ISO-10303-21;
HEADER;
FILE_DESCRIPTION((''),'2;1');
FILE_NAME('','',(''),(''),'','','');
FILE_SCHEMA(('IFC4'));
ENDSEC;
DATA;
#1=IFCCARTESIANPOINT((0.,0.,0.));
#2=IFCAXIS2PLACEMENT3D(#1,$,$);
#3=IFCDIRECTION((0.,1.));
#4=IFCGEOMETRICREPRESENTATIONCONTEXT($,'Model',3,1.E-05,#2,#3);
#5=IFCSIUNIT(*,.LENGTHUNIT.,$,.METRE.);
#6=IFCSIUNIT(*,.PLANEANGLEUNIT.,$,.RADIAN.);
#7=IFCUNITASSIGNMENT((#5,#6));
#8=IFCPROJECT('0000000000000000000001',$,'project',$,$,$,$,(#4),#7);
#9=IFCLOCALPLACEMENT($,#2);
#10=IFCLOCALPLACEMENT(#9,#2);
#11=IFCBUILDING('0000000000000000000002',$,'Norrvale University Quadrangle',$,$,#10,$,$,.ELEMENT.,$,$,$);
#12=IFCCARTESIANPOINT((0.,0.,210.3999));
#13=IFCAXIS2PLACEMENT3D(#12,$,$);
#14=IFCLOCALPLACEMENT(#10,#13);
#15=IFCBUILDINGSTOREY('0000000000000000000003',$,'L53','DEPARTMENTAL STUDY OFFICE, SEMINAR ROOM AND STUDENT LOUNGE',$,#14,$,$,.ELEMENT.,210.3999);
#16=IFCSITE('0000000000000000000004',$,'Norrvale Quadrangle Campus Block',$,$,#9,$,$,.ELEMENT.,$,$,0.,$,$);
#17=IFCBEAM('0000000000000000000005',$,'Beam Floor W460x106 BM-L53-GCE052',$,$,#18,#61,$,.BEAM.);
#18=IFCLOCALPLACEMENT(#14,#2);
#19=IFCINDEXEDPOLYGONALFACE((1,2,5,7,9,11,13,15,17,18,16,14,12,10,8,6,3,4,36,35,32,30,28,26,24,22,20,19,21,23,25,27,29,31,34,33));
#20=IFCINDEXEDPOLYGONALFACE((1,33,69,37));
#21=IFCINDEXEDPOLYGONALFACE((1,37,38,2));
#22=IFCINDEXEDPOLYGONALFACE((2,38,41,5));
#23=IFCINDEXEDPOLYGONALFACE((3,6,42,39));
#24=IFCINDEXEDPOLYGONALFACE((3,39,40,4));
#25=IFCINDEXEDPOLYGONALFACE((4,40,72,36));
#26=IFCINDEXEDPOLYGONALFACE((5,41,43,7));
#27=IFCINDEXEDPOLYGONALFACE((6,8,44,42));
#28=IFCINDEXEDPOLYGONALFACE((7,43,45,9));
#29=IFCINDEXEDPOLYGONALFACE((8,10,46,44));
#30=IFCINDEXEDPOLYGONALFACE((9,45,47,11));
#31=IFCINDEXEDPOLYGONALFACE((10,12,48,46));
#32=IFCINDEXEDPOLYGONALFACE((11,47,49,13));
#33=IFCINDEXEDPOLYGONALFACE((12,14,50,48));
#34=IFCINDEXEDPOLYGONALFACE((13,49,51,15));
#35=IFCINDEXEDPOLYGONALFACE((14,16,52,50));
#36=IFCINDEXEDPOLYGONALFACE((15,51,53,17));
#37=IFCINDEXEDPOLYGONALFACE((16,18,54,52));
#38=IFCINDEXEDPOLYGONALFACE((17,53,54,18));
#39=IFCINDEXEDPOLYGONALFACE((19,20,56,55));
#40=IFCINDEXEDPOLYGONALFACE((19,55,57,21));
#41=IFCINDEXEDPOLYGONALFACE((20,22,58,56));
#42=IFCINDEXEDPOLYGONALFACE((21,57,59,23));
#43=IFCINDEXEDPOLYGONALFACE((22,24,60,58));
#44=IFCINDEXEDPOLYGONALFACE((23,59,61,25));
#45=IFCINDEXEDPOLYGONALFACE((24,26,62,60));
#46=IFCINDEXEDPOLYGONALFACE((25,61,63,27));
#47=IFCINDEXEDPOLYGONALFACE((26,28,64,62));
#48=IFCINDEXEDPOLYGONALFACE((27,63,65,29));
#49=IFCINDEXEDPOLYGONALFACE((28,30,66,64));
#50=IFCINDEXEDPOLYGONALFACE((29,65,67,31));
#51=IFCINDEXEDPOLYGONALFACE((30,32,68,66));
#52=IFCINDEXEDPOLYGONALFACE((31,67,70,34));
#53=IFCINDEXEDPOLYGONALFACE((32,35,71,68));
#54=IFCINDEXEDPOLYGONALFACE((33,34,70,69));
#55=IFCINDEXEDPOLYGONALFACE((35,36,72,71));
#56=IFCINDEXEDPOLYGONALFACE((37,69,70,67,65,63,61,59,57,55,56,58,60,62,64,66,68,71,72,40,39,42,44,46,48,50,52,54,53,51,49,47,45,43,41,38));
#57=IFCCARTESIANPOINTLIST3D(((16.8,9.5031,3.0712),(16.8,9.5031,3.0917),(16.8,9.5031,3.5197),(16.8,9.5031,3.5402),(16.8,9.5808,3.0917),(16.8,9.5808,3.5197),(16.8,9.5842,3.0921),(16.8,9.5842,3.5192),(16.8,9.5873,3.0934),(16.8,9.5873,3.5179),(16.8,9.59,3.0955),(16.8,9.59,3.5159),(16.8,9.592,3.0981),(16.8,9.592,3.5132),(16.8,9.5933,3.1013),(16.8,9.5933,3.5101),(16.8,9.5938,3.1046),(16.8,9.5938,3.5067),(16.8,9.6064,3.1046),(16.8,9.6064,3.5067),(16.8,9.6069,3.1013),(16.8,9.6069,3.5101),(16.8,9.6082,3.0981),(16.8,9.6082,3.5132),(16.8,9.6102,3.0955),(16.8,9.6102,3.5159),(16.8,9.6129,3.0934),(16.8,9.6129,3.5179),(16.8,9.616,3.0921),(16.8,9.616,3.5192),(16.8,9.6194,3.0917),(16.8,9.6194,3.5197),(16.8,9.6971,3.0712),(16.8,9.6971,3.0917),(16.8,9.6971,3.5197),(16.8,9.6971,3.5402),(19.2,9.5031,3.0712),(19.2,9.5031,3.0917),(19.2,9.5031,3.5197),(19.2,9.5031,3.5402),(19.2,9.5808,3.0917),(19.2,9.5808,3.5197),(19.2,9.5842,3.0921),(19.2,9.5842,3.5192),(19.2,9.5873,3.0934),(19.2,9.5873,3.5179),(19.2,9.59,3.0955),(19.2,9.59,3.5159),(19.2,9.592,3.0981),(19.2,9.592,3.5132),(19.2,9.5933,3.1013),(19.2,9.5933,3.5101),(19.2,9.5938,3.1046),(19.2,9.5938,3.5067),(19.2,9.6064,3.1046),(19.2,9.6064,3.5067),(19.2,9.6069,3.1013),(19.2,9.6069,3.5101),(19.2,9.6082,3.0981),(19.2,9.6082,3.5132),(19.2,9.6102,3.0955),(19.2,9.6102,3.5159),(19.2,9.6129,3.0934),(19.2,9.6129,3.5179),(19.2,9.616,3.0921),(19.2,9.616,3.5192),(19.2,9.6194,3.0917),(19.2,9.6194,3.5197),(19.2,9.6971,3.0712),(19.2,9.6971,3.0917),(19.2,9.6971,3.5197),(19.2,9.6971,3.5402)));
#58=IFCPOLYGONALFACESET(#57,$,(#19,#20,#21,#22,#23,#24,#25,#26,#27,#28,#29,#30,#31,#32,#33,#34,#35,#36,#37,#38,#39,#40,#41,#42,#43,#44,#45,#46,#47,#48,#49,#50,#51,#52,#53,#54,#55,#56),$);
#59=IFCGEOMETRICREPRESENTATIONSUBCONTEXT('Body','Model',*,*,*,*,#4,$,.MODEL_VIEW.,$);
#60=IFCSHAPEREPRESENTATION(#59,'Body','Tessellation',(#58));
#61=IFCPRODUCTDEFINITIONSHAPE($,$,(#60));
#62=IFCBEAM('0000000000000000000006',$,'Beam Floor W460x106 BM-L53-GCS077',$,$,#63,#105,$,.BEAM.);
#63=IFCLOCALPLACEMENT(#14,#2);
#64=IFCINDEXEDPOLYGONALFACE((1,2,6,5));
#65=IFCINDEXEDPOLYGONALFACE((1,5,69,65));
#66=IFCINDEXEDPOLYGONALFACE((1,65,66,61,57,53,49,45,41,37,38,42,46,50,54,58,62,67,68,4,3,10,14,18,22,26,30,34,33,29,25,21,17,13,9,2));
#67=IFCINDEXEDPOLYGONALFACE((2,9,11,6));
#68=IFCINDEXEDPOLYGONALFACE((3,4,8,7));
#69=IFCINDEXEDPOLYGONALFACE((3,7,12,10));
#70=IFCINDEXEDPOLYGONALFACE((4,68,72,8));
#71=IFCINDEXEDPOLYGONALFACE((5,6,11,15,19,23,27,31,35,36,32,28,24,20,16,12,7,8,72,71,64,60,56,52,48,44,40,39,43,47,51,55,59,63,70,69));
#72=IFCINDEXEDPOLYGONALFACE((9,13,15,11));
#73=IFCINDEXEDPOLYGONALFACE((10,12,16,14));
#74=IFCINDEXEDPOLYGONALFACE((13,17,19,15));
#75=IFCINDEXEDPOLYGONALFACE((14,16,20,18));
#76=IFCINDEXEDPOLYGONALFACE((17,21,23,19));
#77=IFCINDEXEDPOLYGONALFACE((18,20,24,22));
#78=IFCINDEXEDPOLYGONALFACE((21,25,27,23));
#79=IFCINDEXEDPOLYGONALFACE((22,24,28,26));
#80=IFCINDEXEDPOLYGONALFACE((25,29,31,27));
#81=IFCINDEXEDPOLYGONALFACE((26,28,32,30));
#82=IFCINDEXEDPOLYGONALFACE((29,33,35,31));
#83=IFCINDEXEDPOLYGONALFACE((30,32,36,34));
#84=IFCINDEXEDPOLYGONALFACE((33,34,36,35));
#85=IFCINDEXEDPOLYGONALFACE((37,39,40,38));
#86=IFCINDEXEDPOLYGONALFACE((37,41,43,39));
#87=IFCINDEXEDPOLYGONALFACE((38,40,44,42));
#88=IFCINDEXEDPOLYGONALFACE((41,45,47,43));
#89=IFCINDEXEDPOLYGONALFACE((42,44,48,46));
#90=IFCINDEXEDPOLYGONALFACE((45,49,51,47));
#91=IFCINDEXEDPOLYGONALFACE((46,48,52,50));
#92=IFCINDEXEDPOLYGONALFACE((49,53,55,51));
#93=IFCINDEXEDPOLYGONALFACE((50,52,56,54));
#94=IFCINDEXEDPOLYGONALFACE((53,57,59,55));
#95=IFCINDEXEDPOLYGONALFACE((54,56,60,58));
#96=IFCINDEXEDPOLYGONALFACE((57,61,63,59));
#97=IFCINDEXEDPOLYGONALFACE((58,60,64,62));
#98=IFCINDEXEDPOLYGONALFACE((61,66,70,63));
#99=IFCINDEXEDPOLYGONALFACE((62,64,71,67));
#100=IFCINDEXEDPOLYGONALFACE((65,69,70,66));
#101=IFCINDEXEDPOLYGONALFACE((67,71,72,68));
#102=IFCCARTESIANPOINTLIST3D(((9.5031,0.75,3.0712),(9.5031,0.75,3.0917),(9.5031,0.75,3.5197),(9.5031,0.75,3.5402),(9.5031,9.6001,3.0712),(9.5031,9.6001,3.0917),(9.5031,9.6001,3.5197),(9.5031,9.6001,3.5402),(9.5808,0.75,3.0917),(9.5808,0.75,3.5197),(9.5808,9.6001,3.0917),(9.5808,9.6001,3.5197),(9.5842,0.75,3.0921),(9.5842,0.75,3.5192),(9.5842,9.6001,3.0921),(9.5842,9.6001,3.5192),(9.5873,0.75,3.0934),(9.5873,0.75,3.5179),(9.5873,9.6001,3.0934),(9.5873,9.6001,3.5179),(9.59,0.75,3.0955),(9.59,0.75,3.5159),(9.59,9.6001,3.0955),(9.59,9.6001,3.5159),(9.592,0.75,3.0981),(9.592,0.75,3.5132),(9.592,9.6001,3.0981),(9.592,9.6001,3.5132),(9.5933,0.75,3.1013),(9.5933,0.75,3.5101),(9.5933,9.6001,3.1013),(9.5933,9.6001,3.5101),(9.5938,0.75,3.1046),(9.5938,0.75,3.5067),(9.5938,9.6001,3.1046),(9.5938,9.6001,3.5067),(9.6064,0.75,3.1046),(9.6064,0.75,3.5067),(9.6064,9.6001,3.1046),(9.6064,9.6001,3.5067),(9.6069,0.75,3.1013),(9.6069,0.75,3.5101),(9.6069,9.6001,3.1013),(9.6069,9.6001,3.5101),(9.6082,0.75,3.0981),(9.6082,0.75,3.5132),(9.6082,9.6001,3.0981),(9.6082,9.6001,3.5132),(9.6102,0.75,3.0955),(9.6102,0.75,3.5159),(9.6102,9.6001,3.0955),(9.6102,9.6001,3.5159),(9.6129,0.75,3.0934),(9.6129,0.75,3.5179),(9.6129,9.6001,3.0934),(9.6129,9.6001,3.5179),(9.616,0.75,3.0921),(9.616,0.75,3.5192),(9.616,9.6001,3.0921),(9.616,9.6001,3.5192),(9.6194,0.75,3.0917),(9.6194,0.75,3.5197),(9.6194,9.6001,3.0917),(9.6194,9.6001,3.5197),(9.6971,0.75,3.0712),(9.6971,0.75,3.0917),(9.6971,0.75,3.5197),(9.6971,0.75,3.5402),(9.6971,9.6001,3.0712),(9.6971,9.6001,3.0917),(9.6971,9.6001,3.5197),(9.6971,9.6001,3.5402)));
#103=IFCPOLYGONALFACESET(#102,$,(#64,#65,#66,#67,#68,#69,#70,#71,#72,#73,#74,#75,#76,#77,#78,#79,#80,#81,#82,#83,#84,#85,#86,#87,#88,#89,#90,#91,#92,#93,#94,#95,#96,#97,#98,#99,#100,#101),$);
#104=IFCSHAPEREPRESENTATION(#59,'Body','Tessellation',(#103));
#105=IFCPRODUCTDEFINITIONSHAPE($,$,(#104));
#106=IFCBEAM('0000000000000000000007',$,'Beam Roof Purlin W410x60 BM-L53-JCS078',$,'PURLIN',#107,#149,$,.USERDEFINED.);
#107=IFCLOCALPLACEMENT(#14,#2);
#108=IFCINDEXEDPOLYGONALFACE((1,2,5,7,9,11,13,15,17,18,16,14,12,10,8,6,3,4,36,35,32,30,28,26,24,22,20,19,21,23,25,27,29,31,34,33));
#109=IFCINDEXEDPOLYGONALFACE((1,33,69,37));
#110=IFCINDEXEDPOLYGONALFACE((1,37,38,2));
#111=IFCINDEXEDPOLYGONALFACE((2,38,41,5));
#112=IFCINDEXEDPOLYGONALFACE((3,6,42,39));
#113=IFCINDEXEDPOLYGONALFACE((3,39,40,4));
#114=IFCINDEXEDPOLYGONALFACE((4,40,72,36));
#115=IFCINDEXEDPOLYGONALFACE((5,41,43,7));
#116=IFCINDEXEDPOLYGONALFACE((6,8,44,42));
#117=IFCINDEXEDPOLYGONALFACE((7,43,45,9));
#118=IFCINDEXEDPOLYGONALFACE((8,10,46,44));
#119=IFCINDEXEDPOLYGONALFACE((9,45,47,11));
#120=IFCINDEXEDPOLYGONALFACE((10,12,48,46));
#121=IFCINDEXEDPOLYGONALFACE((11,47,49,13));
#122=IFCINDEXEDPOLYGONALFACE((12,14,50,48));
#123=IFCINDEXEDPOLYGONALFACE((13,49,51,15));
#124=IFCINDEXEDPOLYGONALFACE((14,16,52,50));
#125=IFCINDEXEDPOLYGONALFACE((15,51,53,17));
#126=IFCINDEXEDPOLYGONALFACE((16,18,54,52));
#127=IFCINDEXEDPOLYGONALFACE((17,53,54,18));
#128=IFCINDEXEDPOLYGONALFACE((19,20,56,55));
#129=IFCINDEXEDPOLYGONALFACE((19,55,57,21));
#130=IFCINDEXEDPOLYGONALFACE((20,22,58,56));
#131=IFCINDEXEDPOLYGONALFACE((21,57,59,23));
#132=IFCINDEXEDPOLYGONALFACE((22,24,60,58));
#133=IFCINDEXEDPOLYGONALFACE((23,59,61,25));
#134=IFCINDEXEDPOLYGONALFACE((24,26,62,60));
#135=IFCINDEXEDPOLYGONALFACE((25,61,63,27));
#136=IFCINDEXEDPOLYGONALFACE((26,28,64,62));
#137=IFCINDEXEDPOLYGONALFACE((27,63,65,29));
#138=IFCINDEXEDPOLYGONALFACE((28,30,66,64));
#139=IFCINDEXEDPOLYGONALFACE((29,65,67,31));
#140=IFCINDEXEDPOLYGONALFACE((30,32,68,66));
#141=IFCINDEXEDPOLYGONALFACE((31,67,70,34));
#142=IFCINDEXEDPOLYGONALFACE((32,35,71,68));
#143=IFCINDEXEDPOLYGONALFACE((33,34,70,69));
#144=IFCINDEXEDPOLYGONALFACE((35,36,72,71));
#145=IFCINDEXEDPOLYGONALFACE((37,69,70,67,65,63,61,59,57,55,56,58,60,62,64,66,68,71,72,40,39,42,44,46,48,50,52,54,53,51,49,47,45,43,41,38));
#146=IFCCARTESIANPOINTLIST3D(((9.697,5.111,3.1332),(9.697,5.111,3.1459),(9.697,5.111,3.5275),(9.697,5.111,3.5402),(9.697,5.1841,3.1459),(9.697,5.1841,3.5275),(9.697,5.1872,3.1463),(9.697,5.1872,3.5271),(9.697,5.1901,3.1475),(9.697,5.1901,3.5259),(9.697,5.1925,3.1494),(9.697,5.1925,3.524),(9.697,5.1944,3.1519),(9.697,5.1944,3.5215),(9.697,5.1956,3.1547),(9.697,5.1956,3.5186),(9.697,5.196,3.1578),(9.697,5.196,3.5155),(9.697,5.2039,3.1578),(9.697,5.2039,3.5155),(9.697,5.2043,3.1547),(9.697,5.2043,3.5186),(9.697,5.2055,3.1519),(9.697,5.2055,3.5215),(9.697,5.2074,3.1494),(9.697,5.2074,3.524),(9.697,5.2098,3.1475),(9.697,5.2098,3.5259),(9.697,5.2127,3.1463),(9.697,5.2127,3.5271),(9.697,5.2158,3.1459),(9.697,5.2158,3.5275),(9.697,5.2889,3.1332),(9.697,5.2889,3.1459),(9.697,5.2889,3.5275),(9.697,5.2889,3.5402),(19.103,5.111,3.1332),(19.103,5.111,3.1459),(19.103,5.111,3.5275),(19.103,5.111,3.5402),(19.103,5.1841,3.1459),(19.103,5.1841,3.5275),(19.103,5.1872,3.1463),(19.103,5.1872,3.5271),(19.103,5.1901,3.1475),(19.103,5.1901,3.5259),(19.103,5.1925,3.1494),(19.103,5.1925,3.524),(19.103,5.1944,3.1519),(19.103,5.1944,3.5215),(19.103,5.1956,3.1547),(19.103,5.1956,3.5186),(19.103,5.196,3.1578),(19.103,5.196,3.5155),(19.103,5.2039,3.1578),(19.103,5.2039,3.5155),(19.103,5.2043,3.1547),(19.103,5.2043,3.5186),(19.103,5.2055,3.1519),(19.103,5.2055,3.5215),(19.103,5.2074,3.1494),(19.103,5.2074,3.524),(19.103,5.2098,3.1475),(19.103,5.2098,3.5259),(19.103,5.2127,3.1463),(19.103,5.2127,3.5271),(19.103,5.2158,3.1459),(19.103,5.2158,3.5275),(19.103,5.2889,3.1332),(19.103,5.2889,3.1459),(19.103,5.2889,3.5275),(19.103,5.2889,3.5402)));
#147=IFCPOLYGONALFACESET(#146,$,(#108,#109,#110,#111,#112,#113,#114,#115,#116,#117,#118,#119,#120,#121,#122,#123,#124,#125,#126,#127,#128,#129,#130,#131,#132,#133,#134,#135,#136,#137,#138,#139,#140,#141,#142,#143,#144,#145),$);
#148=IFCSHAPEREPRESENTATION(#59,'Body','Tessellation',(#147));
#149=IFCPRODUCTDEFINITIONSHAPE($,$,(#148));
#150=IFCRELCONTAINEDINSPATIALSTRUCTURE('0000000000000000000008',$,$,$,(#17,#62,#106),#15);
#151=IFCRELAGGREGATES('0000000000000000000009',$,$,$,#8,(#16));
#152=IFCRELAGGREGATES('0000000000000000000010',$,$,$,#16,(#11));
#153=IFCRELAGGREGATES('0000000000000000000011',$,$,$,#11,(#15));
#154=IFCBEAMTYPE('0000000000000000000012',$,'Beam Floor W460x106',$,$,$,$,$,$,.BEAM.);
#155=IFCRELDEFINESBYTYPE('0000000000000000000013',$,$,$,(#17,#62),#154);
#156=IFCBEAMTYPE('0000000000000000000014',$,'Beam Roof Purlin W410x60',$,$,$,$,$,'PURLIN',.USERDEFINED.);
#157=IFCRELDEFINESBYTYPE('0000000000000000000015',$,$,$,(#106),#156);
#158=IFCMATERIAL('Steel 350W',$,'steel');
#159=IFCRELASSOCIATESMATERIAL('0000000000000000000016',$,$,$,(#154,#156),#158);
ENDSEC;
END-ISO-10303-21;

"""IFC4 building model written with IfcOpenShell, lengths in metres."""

from ifc_helpers import new_model, si_unit, direction, frame, origin, origin_2d, place, context, subcontext, project, spatial, i_section, extrude, material, material_profile, profile_set, type_object, element, save


model = new_model("IFC4")

# Units and contexts
model_context = context("Model", 3, precision=1e-05, world=origin(), true_north=direction((0.0, 1.0)))
body_context = subcontext(model_context, "Body", "Model", "MODEL_VIEW")
ifc_project = project(units=[si_unit("LENGTHUNIT", "METRE"), si_unit("PLANEANGLEUNIT", "RADIAN")], contexts=[model_context])

# Site, building, storey
site_placement = place(None, origin())
site = spatial("IfcSite", under=ifc_project, at=site_placement, Name="Norrvale Quadrangle Campus Block", CompositionType="ELEMENT", RefElevation=0.0)
building_placement = place(site_placement, origin())
building = spatial("IfcBuilding", under=site, at=building_placement, Name="Norrvale University Quadrangle", CompositionType="ELEMENT")
storey_placement = place(building_placement, frame((0.0, 0.0, 210.3999)))
storey = spatial("IfcBuildingStorey", under=building, at=storey_placement, Name="L53", Description="DEPARTMENTAL STUDY OFFICE, SEMINAR ROOM AND STUDENT LOUNGE", CompositionType="ELEMENT", Elevation=210.3999)

# Beams
ifc_material_1 = material(Name="Steel 350W", Category="steel")
ifc_material_profile_1 = material_profile(ifc_material_1, i_section(OverallWidth=0.1941, OverallDepth=0.469, WebThickness=0.0127, FlangeThickness=0.0205, FilletRadius=0.0129, at=origin_2d()), Name="Steel 350W")
ifc_profile_set_1 = profile_set([ifc_material_profile_1], Name="Steel 350W")
beam_type_1 = type_object("IfcBeamType", Name="Beam Floor W460x106", PredefinedType="BEAM", material=ifc_profile_set_1)
beam_1_placement = place(storey_placement, frame((16.8, 9.6001, 3.3057), z_axis=(1.0, 0.0, 0.0), x_axis=(0.0, 1.0, 0.0)))
element("IfcBeam", 1, at=beam_1_placement, inside=storey, type_object=beam_type_1, Name="Beam Floor W460x106 BM-L53-GCE052", PredefinedType="BEAM", context=body_context, shape_type="SweptSolid", body=[
    extrude(i_section(OverallWidth=0.1941, OverallDepth=0.469, WebThickness=0.0127, FlangeThickness=0.0205, FilletRadius=0.0129, at=origin_2d()), origin(), (0.0, 0.0, 1.0), 2.3999),
])
beam_2_placement = place(storey_placement, frame((9.6001, 0.75, 3.3057), z_axis=(0.0, 1.0, 0.0), x_axis=(-1.0, 0.0, 0.0)))
element("IfcBeam", 2, at=beam_2_placement, inside=storey, type_object=beam_type_1, Name="Beam Floor W460x106 BM-L53-GCS077", PredefinedType="BEAM", context=body_context, shape_type="SweptSolid", body=[
    extrude(i_section(OverallWidth=0.1941, OverallDepth=0.469, WebThickness=0.0127, FlangeThickness=0.0205, FilletRadius=0.0129, at=origin_2d()), origin(), (0.0, 0.0, 1.0), 8.8501),
])
ifc_material_profile_2 = material_profile(ifc_material_1, i_section(OverallWidth=0.178, OverallDepth=0.407, WebThickness=0.0078, FlangeThickness=0.0127, FilletRadius=0.012, at=origin_2d()), Name="Steel 350W")
ifc_profile_set_2 = profile_set([ifc_material_profile_2], Name="Steel 350W")
beam_type_2 = type_object("IfcBeamType", Name="Beam Roof Purlin W410x60", ElementType="PURLIN", PredefinedType="USERDEFINED", material=ifc_profile_set_2)
beam_3_placement = place(storey_placement, frame((9.697, 5.2, 3.3367), z_axis=(1.0, 0.0, 0.0), x_axis=(0.0, 1.0, 0.0)))
element("IfcBeam", 3, at=beam_3_placement, inside=storey, type_object=beam_type_2, Name="Beam Roof Purlin W410x60 BM-L53-JCS078", ObjectType="PURLIN", PredefinedType="USERDEFINED", context=body_context, shape_type="SweptSolid", body=[
    extrude(i_section(OverallWidth=0.178, OverallDepth=0.407, WebThickness=0.0078, FlangeThickness=0.0127, FilletRadius=0.012, at=origin_2d()), origin(), (0.0, 0.0, 1.0), 9.406),
])

save(model, "model.ifc")
